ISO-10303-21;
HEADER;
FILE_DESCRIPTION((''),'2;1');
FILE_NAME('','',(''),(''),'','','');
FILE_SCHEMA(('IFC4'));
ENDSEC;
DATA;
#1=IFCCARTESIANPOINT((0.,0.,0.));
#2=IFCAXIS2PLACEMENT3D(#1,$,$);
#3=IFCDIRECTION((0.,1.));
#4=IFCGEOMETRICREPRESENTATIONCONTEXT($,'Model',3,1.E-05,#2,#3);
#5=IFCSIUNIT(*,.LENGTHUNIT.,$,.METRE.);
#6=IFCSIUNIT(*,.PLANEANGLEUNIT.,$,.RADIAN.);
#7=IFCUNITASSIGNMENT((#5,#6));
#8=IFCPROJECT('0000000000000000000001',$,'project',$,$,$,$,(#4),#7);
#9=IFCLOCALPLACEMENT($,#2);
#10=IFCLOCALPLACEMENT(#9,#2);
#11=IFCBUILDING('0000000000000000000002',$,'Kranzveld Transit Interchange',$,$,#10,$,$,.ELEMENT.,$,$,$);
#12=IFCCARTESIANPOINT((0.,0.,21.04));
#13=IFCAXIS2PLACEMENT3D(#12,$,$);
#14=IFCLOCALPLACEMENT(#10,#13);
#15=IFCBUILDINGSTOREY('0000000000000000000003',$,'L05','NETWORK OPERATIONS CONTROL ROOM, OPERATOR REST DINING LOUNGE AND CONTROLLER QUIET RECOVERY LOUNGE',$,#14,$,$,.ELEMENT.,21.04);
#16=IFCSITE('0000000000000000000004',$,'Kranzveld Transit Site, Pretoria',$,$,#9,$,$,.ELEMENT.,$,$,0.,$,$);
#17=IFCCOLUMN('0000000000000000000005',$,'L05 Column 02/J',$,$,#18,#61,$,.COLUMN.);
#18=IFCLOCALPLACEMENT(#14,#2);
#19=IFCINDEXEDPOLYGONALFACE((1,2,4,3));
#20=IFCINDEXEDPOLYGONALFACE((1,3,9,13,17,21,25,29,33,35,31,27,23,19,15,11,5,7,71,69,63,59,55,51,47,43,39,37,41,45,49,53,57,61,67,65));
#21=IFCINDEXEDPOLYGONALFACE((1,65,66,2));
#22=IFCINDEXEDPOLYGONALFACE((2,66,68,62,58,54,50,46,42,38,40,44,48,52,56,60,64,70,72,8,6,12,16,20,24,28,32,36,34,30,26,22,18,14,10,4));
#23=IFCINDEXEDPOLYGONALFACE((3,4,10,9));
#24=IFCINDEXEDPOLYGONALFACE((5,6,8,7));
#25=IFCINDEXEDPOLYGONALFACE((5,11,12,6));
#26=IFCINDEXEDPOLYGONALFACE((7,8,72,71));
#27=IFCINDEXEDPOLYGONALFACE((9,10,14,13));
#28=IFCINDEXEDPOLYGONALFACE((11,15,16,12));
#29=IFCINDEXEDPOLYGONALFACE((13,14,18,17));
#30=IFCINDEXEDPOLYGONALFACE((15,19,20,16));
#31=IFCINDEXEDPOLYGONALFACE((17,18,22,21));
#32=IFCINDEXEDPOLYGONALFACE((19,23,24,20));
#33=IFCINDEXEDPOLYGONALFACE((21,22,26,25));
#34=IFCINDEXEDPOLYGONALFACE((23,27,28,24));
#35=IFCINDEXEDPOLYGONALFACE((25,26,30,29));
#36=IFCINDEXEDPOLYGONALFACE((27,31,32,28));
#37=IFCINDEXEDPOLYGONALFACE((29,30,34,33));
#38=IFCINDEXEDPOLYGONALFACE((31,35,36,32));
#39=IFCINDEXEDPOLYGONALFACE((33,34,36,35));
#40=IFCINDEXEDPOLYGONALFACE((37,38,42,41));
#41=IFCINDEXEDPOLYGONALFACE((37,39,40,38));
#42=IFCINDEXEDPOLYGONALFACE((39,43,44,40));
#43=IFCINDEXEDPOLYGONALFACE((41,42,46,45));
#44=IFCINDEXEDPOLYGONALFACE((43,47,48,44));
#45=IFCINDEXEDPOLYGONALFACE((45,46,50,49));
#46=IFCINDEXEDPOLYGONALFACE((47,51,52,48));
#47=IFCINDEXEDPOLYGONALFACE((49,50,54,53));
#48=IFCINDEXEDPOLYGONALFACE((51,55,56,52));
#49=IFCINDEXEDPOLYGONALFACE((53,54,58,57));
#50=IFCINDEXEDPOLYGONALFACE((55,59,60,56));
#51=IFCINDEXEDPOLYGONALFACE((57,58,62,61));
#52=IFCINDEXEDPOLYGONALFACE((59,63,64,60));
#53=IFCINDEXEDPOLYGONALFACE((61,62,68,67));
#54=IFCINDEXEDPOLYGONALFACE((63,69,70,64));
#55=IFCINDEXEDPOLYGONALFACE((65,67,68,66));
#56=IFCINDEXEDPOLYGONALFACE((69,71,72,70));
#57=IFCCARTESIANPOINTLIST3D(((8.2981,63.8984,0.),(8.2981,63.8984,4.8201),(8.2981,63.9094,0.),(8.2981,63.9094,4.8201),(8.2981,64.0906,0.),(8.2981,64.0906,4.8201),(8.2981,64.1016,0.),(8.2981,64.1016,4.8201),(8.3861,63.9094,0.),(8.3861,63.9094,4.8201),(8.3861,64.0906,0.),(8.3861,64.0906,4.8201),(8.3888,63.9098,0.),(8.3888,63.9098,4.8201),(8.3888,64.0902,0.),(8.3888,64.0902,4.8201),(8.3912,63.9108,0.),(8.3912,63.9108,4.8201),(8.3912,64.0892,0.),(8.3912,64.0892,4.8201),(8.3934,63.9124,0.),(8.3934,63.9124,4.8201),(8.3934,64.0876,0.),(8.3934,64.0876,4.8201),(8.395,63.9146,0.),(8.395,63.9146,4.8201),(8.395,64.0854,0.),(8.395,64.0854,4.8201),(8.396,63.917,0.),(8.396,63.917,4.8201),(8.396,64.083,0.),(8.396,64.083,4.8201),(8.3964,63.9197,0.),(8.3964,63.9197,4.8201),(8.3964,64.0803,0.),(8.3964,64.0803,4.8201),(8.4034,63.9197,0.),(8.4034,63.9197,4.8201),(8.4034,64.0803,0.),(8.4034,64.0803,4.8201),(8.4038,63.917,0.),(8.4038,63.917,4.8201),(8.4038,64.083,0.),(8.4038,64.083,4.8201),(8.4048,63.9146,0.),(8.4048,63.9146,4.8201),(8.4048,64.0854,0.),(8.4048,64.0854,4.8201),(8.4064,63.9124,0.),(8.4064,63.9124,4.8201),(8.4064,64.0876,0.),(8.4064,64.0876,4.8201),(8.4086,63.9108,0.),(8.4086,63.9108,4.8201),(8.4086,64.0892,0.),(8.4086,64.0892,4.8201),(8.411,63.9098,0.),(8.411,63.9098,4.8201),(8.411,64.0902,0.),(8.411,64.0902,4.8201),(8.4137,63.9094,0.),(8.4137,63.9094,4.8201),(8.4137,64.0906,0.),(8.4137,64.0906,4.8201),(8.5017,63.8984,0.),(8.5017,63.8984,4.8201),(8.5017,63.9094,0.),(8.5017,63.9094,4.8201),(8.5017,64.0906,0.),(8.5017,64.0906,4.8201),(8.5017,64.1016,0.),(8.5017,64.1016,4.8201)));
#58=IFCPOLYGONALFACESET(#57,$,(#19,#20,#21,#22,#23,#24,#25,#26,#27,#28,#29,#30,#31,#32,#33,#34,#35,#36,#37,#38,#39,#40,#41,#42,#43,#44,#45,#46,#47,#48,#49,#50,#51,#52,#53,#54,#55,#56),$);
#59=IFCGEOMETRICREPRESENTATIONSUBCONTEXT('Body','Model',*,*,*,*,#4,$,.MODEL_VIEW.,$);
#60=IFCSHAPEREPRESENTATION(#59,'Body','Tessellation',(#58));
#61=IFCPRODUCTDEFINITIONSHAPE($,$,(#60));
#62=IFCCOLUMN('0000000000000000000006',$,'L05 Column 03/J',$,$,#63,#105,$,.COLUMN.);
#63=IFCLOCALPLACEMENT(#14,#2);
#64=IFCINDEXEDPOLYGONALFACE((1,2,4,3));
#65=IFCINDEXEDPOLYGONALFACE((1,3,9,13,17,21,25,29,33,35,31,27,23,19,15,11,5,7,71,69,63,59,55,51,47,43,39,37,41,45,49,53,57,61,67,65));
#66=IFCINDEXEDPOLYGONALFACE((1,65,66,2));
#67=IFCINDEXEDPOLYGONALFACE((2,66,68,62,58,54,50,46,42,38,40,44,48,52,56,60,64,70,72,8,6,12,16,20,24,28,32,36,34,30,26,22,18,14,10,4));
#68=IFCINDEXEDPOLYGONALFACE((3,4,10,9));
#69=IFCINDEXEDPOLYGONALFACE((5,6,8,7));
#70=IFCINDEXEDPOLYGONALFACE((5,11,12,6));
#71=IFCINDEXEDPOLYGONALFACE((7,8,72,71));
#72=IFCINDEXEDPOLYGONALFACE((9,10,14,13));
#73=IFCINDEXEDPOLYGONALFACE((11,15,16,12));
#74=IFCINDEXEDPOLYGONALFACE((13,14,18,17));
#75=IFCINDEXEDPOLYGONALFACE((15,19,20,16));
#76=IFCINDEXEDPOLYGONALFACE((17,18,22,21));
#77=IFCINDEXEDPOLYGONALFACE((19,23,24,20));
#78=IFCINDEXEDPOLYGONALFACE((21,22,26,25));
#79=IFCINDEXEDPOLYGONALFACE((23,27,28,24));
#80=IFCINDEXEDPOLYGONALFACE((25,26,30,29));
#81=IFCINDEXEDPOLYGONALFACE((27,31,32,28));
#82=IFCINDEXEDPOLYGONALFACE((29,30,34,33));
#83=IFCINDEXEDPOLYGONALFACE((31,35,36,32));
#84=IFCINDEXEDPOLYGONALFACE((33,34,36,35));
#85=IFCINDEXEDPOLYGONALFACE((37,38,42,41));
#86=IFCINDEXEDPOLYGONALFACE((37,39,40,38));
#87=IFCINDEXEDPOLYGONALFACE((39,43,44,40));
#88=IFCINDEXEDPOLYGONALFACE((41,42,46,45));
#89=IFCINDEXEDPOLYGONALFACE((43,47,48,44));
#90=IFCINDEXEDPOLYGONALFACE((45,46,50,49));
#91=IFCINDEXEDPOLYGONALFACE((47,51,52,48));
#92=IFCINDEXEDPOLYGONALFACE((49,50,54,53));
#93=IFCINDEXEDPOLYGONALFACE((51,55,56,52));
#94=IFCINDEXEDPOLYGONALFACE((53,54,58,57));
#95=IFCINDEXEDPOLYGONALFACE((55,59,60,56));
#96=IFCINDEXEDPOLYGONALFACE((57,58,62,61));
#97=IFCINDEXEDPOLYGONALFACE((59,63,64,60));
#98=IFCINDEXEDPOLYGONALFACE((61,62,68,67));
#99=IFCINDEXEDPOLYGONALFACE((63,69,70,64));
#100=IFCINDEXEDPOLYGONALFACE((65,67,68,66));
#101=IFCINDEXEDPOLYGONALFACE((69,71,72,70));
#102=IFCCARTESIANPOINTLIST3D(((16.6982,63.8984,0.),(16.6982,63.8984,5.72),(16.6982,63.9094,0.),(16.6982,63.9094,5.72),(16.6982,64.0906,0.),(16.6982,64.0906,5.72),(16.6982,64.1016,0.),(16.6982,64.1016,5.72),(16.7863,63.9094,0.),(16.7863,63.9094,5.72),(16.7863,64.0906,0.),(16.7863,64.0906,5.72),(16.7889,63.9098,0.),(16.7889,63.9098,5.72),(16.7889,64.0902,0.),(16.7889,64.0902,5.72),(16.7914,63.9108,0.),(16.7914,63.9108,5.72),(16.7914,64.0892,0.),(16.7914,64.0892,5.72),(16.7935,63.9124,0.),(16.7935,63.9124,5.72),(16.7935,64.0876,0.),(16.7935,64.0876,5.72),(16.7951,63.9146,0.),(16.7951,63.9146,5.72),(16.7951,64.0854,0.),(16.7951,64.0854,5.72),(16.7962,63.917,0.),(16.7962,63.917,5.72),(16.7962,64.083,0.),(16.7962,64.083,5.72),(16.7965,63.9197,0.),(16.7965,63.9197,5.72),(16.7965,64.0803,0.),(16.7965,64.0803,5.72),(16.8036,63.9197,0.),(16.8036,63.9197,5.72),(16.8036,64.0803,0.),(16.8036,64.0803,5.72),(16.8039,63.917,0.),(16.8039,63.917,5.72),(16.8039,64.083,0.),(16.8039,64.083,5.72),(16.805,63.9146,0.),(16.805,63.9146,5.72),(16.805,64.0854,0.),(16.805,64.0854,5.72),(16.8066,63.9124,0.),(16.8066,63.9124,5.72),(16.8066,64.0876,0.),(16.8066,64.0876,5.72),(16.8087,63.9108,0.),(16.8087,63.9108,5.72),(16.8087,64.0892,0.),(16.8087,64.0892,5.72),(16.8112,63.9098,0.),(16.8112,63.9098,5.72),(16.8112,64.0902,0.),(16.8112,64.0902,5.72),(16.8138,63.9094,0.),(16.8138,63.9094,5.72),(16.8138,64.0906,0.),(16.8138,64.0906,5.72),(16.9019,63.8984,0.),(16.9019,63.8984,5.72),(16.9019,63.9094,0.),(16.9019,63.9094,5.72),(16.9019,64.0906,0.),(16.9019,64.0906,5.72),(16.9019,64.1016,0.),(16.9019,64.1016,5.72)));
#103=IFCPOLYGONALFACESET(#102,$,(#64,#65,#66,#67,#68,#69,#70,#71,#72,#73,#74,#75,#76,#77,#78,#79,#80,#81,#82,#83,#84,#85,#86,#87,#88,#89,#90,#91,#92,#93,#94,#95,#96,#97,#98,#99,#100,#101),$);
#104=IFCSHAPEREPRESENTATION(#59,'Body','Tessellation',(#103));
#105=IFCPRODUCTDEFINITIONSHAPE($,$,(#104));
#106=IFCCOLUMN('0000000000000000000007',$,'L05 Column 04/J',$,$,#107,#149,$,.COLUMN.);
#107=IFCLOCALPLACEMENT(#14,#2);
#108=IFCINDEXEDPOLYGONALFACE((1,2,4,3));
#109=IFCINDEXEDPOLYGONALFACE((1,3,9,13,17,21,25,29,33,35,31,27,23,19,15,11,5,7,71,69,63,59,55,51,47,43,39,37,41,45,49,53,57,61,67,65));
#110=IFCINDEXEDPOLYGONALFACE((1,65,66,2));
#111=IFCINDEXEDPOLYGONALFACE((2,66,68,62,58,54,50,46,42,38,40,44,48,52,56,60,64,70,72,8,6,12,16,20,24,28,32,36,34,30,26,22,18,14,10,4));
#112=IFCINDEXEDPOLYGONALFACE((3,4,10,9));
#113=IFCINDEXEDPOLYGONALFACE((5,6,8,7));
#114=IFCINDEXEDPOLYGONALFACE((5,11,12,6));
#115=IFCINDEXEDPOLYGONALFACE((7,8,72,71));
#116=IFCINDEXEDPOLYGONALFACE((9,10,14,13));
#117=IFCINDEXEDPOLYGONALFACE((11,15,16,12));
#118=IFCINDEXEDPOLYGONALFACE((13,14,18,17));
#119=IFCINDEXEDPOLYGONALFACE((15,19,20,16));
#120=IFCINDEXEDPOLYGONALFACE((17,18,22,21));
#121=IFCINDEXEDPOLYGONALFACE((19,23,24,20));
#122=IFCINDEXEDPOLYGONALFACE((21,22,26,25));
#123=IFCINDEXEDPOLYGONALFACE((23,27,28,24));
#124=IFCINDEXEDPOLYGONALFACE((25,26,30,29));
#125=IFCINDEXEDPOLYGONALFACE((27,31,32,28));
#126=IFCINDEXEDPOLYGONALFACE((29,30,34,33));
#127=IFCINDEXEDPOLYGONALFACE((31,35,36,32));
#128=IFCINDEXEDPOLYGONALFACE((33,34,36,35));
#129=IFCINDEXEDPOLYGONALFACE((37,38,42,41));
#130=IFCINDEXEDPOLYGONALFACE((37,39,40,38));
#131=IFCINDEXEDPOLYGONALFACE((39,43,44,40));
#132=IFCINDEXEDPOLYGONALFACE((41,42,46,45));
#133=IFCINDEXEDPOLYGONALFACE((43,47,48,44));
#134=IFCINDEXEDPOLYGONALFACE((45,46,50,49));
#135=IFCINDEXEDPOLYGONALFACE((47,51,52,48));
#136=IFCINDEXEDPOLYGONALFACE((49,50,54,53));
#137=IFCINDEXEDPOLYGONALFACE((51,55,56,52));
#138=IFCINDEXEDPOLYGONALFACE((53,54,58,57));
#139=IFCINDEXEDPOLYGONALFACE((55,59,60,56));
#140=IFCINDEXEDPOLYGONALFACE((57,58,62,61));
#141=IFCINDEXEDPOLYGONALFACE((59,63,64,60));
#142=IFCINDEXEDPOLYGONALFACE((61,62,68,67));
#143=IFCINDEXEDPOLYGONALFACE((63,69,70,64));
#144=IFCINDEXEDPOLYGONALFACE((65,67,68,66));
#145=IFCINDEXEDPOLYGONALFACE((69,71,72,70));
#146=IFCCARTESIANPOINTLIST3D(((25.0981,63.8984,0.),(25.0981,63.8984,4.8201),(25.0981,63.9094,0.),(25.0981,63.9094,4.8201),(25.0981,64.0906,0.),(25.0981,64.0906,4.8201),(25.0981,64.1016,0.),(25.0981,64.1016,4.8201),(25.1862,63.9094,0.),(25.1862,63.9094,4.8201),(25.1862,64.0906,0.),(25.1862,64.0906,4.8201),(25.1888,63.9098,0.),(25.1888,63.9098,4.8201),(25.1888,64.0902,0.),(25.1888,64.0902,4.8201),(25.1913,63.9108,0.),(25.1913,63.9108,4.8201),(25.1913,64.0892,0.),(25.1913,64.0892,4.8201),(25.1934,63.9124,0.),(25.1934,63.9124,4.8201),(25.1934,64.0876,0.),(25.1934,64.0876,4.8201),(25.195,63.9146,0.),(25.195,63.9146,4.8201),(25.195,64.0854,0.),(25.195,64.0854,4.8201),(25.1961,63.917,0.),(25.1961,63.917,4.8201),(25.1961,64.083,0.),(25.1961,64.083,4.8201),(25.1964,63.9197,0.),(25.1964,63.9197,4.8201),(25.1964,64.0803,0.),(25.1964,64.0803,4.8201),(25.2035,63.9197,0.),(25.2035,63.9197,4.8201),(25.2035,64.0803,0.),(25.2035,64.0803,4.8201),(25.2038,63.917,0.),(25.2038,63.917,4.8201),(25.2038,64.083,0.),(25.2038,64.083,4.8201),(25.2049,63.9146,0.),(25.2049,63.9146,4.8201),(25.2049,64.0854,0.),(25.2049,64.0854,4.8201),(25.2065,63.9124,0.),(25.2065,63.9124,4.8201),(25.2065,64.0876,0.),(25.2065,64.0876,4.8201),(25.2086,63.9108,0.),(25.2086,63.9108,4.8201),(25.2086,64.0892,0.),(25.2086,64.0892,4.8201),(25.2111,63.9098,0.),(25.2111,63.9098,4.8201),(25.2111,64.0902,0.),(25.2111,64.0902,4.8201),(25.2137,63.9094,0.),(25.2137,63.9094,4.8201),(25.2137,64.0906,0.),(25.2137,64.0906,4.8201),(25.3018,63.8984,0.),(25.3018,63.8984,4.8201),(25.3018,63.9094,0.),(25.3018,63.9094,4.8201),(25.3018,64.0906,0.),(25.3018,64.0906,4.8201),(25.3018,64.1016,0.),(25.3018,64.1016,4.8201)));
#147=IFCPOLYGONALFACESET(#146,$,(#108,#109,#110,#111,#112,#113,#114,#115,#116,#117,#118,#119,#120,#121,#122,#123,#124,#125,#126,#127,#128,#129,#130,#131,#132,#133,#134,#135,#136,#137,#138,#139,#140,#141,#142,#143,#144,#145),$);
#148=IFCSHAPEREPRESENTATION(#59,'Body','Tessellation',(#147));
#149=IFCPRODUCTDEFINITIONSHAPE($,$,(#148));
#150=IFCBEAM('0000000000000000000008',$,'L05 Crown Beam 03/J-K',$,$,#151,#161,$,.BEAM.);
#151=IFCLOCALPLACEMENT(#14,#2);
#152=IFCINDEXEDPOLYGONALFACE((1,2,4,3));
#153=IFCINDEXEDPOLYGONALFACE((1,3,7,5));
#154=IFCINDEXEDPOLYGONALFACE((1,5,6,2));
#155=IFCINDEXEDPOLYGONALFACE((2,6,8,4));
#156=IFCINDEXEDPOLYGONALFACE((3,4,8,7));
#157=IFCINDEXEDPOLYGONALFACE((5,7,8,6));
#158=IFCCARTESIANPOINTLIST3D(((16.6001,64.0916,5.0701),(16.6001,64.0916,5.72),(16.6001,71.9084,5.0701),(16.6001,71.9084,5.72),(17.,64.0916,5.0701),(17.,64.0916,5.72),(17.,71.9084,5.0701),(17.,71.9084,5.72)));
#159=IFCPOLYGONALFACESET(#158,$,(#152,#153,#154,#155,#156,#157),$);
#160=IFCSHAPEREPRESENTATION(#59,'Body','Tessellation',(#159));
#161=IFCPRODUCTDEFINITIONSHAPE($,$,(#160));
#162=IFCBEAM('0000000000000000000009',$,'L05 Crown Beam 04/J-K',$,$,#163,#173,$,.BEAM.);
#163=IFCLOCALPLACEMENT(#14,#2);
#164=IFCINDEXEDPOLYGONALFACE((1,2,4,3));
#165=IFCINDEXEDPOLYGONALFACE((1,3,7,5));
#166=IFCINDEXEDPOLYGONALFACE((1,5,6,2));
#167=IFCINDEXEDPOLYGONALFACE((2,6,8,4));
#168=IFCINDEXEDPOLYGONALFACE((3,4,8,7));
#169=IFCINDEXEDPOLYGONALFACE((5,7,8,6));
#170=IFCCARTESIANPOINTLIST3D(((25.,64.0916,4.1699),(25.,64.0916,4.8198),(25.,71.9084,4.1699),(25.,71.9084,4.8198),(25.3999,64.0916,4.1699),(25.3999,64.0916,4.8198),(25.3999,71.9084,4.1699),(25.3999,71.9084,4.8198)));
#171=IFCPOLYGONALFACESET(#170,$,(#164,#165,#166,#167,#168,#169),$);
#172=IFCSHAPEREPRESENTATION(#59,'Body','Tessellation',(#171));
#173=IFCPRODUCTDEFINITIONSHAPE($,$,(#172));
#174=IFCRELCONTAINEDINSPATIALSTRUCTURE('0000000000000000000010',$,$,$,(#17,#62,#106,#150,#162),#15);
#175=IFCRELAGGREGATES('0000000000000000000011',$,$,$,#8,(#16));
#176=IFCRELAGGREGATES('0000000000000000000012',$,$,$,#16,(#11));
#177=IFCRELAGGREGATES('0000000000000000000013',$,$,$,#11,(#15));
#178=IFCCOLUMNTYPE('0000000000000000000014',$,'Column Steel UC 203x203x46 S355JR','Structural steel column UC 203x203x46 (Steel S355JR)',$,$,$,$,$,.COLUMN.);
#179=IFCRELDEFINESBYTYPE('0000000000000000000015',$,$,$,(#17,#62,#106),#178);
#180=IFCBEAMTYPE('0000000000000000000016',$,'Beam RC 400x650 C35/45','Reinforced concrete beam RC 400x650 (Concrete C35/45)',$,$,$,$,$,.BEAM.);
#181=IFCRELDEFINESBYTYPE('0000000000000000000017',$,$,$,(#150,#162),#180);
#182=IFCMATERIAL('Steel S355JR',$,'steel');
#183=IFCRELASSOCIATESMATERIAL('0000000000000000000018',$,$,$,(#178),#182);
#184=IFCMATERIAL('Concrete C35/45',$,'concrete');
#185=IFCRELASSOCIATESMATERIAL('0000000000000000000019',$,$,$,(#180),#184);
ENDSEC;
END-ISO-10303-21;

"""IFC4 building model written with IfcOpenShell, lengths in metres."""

from ifc_helpers import new_model, si_unit, direction, frame, origin, origin_2d, place, context, subcontext, project, spatial, rectangle, i_section, extrude, material, material_profile, profile_set, type_object, element, save


model = new_model("IFC4")

# Units and contexts
model_context = context("Model", 3, precision=1e-05, world=origin(), true_north=direction((0.0, 1.0)))
body_context = subcontext(model_context, "Body", "Model", "MODEL_VIEW")
ifc_project = project(units=[si_unit("LENGTHUNIT", "METRE"), si_unit("PLANEANGLEUNIT", "RADIAN")], contexts=[model_context])

# Site, building, storey
site_placement = place(None, origin())
site = spatial("IfcSite", under=ifc_project, at=site_placement, Name="Kranzveld Transit Site, Pretoria", CompositionType="ELEMENT", RefElevation=0.0)
building_placement = place(site_placement, origin())
building = spatial("IfcBuilding", under=site, at=building_placement, Name="Kranzveld Transit Interchange", CompositionType="ELEMENT")
storey_placement = place(building_placement, frame((0.0, 0.0, 21.04)))
storey = spatial("IfcBuildingStorey", under=building, at=storey_placement, Name="L05", Description="NETWORK OPERATIONS CONTROL ROOM, OPERATOR REST DINING LOUNGE AND CONTROLLER QUIET RECOVERY LOUNGE", CompositionType="ELEMENT", Elevation=21.04)

# Columns
ifc_material_1 = material(Name="Steel S355JR", Category="steel")
ifc_material_profile_1 = material_profile(ifc_material_1, i_section(OverallWidth=0.2036, OverallDepth=0.2031, WebThickness=0.0071, FlangeThickness=0.011, FilletRadius=0.0103, at=origin_2d()), Name="UC 203x203x46")
ifc_profile_set_1 = profile_set([ifc_material_profile_1], Name="Steel S355JR")
column_type = type_object("IfcColumnType", Name="Column Steel UC 203x203x46 S355JR", Description="Structural steel column UC 203x203x46 (Steel S355JR)", PredefinedType="COLUMN", material=ifc_profile_set_1)
column_1_placement = place(storey_placement, frame((8.3999, 64.0, 0.0), z_axis=(0.0, 0.0, 1.0), x_axis=(1.0, 0.0, 0.0)))
element("IfcColumn", 1, at=column_1_placement, inside=storey, type_object=column_type, Name="L05 Column 02/J", PredefinedType="COLUMN", context=body_context, shape_type="SweptSolid", body=[
    extrude(i_section(OverallWidth=0.2036, OverallDepth=0.2031, WebThickness=0.0071, FlangeThickness=0.011, FilletRadius=0.0103, at=origin_2d()), origin(), (0.0, 0.0, 1.0), 4.8201),
])
column_2_placement = place(storey_placement, frame((16.8, 64.0, 0.0), z_axis=(0.0, 0.0, 1.0), x_axis=(1.0, 0.0, 0.0)))
element("IfcColumn", 2, at=column_2_placement, inside=storey, type_object=column_type, Name="L05 Column 03/J", PredefinedType="COLUMN", context=body_context, shape_type="SweptSolid", body=[
    extrude(i_section(OverallWidth=0.2036, OverallDepth=0.2031, WebThickness=0.0071, FlangeThickness=0.011, FilletRadius=0.0103, at=origin_2d()), origin(), (0.0, 0.0, 1.0), 5.72),
])
column_3_placement = place(storey_placement, frame((25.2, 64.0, 0.0), z_axis=(0.0, 0.0, 1.0), x_axis=(1.0, 0.0, 0.0)))
element("IfcColumn", 3, at=column_3_placement, inside=storey, type_object=column_type, Name="L05 Column 04/J", PredefinedType="COLUMN", context=body_context, shape_type="SweptSolid", body=[
    extrude(i_section(OverallWidth=0.2036, OverallDepth=0.2031, WebThickness=0.0071, FlangeThickness=0.011, FilletRadius=0.0103, at=origin_2d()), origin(), (0.0, 0.0, 1.0), 4.8201),
])

# Beams
ifc_material_2 = material(Name="Concrete C35/45", Category="concrete")
ifc_material_profile_2 = material_profile(ifc_material_2, rectangle(XDim=0.3999, YDim=0.6499, at=origin_2d()), Name="RC 400x650")
ifc_profile_set_2 = profile_set([ifc_material_profile_2], Name="Concrete C35/45")
beam_type_1 = type_object("IfcBeamType", Name="Beam RC 400x650 C35/45", Description="Reinforced concrete beam RC 400x650 (Concrete C35/45)", PredefinedType="BEAM", material=ifc_profile_set_2)
for number, where, z_axis, x_axis, name in (
    (4, (16.8, 64.0916, 5.395), (0.0, 1.0, 0.0), (-1.0, 0.0, 0.0), "L05 Crown Beam 03/J-K"),
    (5, (25.2, 64.0916, 4.4949), (0.0, 1.0, 0.0), (-1.0, 0.0, 0.0), "L05 Crown Beam 04/J-K"),
):
    element("IfcBeam", number, at=place(storey_placement, frame(where, z_axis=z_axis, x_axis=x_axis)), inside=storey, type_object=beam_type_1, Name=name, PredefinedType="BEAM", context=body_context, shape_type="SweptSolid", body=[
        extrude(rectangle(XDim=0.3999, YDim=0.6499, at=origin_2d()), origin(), (0.0, 0.0, 1.0), 7.8169),
    ])

save(model, "model.ifc")
